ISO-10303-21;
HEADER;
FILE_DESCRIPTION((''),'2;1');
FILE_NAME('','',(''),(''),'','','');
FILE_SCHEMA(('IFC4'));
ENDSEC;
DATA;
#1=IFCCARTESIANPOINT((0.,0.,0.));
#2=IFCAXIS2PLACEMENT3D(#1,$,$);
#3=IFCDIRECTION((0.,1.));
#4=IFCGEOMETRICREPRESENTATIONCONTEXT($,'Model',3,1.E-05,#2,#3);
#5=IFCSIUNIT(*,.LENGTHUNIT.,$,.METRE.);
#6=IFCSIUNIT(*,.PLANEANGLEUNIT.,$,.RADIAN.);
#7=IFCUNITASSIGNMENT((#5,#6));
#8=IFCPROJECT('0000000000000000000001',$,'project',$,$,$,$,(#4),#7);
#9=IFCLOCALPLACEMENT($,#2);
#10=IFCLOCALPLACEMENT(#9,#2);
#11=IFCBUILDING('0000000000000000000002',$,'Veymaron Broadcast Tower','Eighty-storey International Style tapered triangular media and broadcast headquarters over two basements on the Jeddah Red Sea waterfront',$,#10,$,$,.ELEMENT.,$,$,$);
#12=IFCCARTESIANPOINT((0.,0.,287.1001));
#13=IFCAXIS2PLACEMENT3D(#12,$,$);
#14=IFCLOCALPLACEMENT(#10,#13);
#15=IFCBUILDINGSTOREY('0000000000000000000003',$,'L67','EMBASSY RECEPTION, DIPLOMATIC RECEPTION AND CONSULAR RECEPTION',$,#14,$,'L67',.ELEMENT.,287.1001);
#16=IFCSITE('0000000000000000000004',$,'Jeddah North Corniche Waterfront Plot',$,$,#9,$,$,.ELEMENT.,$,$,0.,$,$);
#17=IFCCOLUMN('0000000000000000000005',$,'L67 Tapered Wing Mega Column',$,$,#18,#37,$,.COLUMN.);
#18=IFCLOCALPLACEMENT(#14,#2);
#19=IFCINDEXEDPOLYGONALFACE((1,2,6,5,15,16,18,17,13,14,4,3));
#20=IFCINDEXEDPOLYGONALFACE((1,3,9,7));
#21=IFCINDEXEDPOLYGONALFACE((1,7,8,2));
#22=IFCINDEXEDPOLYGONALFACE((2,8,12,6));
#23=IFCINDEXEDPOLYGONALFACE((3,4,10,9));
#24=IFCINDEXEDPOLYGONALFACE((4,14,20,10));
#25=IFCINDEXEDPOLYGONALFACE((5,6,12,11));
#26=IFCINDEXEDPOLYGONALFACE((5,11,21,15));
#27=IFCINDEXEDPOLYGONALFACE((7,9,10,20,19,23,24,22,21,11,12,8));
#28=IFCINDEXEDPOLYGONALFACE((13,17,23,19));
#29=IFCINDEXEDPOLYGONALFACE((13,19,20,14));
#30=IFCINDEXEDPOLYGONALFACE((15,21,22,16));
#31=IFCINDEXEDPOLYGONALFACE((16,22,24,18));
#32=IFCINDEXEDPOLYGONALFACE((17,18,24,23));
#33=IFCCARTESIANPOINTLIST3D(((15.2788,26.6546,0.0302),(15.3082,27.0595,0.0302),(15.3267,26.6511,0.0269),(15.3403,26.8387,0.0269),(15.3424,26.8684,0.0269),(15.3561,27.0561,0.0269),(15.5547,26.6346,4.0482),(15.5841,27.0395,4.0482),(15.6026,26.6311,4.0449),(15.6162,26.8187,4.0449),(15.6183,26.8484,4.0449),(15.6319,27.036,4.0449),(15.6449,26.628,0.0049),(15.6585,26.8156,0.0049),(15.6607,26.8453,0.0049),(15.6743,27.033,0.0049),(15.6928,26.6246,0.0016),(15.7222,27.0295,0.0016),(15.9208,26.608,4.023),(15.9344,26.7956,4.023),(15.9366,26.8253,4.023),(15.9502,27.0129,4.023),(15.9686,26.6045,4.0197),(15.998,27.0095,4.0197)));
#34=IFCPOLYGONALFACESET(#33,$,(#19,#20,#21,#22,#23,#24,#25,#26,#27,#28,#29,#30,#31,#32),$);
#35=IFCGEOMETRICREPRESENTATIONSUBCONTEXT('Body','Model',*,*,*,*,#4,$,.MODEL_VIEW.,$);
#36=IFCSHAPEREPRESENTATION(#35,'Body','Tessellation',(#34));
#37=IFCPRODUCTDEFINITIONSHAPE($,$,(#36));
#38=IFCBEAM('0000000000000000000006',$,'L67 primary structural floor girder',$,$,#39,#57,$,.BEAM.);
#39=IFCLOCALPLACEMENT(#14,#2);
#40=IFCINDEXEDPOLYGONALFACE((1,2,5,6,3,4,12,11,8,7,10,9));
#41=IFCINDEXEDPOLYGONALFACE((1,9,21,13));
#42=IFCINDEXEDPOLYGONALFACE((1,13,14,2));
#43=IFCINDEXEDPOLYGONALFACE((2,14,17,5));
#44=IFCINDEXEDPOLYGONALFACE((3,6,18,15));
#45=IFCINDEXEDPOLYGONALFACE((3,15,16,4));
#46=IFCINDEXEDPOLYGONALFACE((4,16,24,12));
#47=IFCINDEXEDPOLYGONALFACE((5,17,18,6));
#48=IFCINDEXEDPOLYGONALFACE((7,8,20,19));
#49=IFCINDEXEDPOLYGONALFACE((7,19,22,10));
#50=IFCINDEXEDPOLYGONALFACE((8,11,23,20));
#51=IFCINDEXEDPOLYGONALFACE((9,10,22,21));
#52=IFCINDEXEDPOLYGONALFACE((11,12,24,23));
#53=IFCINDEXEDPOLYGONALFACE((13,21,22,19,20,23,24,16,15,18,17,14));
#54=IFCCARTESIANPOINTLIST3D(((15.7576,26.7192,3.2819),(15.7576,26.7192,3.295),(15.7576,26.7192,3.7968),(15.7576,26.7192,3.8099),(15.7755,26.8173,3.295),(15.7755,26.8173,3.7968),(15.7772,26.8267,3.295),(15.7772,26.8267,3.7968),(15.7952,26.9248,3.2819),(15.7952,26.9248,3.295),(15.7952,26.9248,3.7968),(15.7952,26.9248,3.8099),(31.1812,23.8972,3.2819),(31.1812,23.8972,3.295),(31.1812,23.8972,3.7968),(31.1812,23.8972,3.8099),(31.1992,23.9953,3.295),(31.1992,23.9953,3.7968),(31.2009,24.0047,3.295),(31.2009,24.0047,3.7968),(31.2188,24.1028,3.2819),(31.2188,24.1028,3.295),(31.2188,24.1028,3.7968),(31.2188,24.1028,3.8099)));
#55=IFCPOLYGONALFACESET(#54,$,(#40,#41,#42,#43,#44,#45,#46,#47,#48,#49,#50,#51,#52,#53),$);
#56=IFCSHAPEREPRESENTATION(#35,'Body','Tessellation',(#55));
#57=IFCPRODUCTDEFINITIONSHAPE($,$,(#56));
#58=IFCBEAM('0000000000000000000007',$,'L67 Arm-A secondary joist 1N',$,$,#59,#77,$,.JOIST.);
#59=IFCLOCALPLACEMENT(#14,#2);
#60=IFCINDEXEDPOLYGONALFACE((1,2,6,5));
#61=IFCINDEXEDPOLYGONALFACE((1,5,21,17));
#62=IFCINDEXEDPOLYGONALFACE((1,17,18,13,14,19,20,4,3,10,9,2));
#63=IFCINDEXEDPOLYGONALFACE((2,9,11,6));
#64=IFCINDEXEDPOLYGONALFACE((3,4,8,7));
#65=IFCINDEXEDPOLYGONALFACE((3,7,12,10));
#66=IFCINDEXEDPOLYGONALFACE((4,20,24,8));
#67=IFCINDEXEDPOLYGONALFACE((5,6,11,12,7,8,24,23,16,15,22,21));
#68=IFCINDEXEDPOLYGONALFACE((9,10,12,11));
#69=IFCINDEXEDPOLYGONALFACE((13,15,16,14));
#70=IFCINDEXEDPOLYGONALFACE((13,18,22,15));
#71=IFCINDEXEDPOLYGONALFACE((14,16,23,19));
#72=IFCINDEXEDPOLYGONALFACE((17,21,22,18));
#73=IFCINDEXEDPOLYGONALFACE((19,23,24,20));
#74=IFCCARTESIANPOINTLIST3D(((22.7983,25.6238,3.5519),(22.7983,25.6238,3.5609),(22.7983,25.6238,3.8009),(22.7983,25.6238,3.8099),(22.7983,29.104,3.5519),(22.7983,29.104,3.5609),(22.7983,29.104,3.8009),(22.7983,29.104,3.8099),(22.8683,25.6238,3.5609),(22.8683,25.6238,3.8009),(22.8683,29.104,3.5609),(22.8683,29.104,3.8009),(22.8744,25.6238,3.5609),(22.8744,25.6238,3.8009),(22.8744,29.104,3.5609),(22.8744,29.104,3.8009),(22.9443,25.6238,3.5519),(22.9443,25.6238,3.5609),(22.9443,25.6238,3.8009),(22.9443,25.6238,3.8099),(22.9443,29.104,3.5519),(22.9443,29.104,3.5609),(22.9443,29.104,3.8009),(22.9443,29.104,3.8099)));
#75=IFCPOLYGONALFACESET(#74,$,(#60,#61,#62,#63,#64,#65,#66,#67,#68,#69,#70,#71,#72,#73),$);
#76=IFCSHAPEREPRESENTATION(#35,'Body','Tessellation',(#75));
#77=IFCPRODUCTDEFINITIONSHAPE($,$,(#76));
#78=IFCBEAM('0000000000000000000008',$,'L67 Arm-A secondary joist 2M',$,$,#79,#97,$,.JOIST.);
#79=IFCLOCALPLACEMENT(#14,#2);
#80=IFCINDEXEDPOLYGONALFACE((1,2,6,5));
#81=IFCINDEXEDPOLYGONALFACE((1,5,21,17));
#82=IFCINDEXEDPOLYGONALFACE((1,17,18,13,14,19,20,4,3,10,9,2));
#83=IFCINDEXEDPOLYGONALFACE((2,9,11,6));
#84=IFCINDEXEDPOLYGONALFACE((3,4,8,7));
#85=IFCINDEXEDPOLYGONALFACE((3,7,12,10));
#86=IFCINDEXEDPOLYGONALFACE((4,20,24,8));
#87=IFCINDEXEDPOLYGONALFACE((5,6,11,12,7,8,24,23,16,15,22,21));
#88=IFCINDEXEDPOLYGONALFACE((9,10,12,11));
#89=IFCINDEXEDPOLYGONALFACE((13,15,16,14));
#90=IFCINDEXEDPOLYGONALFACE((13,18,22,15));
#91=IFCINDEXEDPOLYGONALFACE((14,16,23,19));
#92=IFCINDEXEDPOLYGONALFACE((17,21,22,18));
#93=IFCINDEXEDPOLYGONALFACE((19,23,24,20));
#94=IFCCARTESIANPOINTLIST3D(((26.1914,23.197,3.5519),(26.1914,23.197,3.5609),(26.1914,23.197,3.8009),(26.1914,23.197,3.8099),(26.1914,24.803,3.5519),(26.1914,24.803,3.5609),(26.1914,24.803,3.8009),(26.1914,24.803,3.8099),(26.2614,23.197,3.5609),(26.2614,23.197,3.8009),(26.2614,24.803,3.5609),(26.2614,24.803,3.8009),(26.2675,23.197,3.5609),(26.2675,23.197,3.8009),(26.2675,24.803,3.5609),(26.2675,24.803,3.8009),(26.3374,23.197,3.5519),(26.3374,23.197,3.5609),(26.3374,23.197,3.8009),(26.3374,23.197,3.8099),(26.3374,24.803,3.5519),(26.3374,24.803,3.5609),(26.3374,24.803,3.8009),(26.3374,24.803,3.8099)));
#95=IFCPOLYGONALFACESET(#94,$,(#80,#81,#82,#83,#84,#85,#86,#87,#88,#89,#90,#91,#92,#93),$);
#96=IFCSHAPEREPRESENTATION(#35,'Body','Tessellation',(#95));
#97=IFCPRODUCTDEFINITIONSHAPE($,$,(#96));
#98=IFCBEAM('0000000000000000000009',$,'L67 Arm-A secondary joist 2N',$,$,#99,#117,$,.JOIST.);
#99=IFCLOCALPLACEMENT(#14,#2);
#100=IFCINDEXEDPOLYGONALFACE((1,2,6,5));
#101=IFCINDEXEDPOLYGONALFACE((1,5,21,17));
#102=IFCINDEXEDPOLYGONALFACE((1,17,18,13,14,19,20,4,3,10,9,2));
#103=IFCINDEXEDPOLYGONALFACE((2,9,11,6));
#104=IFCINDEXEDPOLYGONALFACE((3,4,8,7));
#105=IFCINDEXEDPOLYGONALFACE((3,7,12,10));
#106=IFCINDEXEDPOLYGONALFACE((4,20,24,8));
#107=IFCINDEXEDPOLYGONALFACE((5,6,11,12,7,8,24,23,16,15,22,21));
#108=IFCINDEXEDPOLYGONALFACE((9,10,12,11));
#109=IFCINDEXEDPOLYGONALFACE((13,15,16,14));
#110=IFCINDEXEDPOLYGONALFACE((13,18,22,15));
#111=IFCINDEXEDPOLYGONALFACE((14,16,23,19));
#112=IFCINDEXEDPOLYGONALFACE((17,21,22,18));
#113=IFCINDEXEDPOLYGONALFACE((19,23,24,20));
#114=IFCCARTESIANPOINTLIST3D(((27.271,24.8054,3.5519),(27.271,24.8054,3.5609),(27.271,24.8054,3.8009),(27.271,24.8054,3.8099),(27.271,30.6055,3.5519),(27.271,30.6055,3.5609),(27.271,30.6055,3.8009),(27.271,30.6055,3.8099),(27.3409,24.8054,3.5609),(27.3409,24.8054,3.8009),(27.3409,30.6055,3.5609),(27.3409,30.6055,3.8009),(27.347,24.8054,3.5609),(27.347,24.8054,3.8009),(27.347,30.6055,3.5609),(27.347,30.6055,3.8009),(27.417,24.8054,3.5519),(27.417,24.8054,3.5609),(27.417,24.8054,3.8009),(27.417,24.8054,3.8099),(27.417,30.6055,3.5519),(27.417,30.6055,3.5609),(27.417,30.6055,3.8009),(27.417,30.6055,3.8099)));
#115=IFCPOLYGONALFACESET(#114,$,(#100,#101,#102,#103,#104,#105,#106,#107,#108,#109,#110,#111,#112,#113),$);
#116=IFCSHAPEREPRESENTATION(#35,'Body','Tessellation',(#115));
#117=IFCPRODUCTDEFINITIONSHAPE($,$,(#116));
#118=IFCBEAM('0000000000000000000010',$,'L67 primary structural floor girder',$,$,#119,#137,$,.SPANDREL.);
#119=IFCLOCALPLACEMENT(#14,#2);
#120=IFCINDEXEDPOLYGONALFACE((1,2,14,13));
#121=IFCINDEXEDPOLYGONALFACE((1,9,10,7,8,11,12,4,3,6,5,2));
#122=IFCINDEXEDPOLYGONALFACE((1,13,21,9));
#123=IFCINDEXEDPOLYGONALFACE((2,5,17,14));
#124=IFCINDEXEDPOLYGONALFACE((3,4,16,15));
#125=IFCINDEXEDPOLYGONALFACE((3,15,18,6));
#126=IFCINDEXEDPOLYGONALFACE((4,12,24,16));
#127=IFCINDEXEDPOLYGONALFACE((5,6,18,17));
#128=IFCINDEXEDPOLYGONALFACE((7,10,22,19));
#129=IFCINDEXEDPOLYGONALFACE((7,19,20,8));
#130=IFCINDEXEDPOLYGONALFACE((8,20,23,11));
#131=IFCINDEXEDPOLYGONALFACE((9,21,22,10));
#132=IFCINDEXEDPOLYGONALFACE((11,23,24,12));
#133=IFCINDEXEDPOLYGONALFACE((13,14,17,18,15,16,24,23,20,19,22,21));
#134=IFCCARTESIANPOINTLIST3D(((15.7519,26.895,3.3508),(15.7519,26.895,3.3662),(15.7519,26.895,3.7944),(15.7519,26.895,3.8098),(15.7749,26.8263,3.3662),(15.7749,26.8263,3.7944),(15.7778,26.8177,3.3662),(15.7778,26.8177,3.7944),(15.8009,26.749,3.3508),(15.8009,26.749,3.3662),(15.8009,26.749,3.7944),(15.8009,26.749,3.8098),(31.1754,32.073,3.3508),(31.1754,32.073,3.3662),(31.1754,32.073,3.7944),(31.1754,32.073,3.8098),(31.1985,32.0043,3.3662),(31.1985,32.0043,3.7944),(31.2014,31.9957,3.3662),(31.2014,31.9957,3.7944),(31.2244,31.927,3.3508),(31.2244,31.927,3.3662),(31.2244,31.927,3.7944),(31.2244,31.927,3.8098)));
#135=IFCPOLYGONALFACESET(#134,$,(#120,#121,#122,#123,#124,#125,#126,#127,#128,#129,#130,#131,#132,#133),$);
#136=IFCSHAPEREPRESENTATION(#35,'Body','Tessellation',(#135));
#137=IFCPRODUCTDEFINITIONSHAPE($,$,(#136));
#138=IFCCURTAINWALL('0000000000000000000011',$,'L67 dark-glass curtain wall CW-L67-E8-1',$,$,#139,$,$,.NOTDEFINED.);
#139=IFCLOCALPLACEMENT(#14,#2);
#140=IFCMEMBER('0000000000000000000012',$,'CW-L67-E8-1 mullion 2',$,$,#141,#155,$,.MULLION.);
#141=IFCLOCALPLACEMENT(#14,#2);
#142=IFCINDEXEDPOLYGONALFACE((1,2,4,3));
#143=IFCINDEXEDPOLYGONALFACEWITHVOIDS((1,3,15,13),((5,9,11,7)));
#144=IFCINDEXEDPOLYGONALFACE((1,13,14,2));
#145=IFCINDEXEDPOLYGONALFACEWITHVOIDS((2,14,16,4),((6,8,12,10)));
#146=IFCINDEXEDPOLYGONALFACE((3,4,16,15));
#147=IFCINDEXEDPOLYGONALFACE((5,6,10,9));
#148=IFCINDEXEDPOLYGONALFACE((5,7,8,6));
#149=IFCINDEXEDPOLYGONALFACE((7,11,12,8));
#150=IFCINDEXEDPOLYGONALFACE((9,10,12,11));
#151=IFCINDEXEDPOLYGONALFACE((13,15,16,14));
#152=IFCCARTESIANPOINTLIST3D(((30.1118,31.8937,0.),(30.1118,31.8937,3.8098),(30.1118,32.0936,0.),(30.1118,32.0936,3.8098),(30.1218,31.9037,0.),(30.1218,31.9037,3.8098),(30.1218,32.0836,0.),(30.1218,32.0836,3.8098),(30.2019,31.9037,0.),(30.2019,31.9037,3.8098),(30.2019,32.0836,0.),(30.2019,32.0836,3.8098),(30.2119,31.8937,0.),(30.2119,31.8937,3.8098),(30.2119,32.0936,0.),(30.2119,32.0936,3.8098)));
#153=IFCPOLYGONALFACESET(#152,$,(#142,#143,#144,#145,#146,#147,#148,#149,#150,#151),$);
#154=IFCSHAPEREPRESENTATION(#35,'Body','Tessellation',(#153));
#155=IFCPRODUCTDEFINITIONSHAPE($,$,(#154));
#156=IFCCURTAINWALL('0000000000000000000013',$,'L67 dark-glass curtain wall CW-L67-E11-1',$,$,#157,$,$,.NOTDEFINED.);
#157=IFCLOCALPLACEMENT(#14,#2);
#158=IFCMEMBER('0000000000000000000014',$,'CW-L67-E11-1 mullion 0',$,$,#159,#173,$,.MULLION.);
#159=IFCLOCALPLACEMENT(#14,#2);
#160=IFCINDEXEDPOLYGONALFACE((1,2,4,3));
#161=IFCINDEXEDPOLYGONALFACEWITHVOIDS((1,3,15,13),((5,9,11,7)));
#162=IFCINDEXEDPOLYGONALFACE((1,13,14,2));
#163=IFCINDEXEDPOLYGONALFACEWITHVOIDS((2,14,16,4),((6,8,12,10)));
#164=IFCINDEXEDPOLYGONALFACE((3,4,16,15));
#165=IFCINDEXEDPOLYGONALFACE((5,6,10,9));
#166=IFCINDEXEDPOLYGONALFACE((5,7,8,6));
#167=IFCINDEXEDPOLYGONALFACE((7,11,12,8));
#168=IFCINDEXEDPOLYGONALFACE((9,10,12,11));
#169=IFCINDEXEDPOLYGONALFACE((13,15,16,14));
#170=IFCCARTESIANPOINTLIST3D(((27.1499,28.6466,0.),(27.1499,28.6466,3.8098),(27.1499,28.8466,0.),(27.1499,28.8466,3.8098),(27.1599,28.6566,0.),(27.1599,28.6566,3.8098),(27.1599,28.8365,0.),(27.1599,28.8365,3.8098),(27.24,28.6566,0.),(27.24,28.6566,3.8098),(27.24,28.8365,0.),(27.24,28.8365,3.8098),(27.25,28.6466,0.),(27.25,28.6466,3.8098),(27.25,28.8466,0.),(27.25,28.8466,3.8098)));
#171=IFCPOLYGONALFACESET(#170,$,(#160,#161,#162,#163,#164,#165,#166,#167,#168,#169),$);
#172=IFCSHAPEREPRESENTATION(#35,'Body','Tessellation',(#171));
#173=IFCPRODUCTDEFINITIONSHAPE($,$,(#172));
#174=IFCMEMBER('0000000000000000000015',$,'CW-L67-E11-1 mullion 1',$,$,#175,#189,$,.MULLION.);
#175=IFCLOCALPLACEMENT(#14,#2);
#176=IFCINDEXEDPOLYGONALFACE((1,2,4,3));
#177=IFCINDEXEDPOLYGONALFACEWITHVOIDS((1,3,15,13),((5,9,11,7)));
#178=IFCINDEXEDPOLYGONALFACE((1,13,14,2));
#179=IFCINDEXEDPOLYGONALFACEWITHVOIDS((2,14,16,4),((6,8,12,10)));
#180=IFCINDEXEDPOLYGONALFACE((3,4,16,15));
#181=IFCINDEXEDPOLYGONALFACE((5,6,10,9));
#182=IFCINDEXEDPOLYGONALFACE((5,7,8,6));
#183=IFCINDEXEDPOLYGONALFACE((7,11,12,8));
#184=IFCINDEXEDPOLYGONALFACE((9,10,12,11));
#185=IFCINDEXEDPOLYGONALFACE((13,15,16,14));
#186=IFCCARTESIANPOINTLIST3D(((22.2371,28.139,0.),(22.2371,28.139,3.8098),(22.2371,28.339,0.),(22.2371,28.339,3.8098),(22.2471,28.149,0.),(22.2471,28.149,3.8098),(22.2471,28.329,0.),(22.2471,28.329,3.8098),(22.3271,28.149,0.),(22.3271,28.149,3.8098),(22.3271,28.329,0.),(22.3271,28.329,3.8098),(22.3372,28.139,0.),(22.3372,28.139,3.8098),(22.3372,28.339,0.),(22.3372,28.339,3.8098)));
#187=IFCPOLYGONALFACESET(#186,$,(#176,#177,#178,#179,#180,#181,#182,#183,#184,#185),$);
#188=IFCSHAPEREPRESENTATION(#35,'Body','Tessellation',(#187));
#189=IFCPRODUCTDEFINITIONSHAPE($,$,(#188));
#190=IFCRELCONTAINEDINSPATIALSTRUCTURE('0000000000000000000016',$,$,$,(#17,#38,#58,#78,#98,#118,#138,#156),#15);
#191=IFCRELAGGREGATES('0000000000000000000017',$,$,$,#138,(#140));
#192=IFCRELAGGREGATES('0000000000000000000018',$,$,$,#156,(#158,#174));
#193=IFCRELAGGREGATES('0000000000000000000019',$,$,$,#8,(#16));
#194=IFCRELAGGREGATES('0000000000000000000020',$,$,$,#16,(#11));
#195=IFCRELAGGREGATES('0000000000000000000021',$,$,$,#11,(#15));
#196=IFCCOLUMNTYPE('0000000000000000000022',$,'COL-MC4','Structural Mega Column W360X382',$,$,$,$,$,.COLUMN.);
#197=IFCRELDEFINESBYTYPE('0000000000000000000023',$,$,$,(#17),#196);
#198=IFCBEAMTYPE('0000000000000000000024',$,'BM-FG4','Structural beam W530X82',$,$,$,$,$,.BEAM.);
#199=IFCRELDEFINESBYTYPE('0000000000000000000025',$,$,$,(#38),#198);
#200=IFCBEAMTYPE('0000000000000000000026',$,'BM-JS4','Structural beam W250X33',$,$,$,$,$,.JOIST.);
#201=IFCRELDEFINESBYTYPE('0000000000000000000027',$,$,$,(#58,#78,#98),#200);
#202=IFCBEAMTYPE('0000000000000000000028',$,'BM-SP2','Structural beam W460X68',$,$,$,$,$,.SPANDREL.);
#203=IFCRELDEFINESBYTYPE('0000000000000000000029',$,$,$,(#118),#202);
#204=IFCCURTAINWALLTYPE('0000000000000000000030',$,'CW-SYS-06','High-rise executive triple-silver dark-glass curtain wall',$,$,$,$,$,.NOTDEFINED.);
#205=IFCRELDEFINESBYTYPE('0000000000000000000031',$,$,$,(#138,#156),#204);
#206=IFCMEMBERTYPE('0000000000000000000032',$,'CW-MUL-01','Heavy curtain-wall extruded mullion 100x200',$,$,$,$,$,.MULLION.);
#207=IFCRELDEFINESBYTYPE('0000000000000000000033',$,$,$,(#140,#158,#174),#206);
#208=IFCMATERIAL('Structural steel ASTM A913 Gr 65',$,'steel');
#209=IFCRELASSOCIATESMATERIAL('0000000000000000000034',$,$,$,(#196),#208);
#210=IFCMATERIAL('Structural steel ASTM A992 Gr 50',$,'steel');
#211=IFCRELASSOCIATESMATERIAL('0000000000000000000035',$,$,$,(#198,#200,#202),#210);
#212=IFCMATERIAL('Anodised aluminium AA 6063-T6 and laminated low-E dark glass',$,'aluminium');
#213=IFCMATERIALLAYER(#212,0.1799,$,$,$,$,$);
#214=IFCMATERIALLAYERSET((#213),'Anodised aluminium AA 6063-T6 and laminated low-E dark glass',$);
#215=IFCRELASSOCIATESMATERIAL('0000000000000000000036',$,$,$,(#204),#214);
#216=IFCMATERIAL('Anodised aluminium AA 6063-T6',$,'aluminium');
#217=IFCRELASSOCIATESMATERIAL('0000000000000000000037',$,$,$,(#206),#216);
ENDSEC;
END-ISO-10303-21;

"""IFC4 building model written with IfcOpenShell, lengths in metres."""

from ifc_helpers import new_model, si_unit, direction, frame, origin, origin_2d, place, context, subcontext, project, spatial, hollow_rectangle, i_section, extrude, material, layer, layer_set, material_profile, profile_set, type_object, element, aggregate, save


model = new_model("IFC4")

# Units and contexts
model_context = context("Model", 3, precision=1e-05, world=origin(), true_north=direction((0.0, 1.0)))
body_context = subcontext(model_context, "Body", "Model", "MODEL_VIEW")
ifc_project = project(units=[si_unit("LENGTHUNIT", "METRE"), si_unit("PLANEANGLEUNIT", "RADIAN")], contexts=[model_context])

# Site, building, storey
site_placement = place(None, origin())
site = spatial("IfcSite", under=ifc_project, at=site_placement, Name="Jeddah North Corniche Waterfront Plot", CompositionType="ELEMENT", RefElevation=0.0)
building_placement = place(site_placement, origin())
building = spatial("IfcBuilding", under=site, at=building_placement, Name="Veymaron Broadcast Tower", Description="Eighty-storey International Style tapered triangular media and broadcast headquarters over two basements on the Jeddah Red Sea waterfront", CompositionType="ELEMENT")
storey_placement = place(building_placement, frame((0.0, 0.0, 287.1001)))
storey = spatial("IfcBuildingStorey", under=building, at=storey_placement, Name="L67", Description="EMBASSY RECEPTION, DIPLOMATIC RECEPTION AND CONSULAR RECEPTION", LongName="L67", CompositionType="ELEMENT", Elevation=287.1001)

# Column
ifc_material_1 = material(Name="Structural steel ASTM A913 Gr 65", Category="steel")
ifc_material_profile_1 = material_profile(ifc_material_1, i_section(OverallWidth=0.406, OverallDepth=0.416, WebThickness=0.0298, FlangeThickness=0.0481, at=origin_2d()), Name="W360X382")
ifc_profile_set_1 = profile_set([ifc_material_profile_1], Name="Structural steel ASTM A913 Gr 65")
column_type = type_object("IfcColumnType", Name="COL-MC4", Description="Structural Mega Column W360X382", PredefinedType="COLUMN", material=ifc_profile_set_1)
column_placement = place(storey_placement, frame((15.5005, 26.842, 0.0159), z_axis=(0.068498, -0.004971, 0.997639), x_axis=(0.072376, 0.997377, 0.0)))
element("IfcColumn", 1, at=column_placement, inside=storey, type_object=column_type, Name="L67 Tapered Wing Mega Column", PredefinedType="COLUMN", context=body_context, shape_type="SweptSolid", body=[
    extrude(i_section(OverallWidth=0.406, OverallDepth=0.416, WebThickness=0.0298, FlangeThickness=0.0481, at=origin_2d()), origin(), (0.0, 0.0, 1.0), 4.0276),
])

# Beams
ifc_material_2 = material(Name="Structural steel ASTM A992 Gr 50", Category="steel")
ifc_material_profile_2 = material_profile(ifc_material_2, i_section(OverallWidth=0.209, OverallDepth=0.5281, WebThickness=0.0095, FlangeThickness=0.0132, at=origin_2d()), Name="W530X82")
ifc_profile_set_2 = profile_set([ifc_material_profile_2], Name="Structural steel ASTM A992 Gr 50")
beam_type_1 = type_object("IfcBeamType", Name="BM-FG4", Description="Structural beam W530X82", PredefinedType="BEAM", material=ifc_profile_set_2)
beam_1_placement = place(storey_placement, frame((15.7764, 26.822, 3.5459), z_axis=(0.98367, -0.17998, 0.0), x_axis=(0.17998, 0.98367, 0.0)))
element("IfcBeam", 2, at=beam_1_placement, inside=storey, type_object=beam_type_1, Name="L67 primary structural floor girder", PredefinedType="BEAM", context=body_context, shape_type="SweptSolid", body=[
    extrude(i_section(OverallWidth=0.209, OverallDepth=0.5281, WebThickness=0.0095, FlangeThickness=0.0132, at=origin_2d()), origin(), (0.0, 0.0, 1.0), 15.6797),
])
ifc_material_profile_3 = material_profile(ifc_material_2, i_section(OverallWidth=0.146, OverallDepth=0.2581, WebThickness=0.0061, FlangeThickness=0.009, at=origin_2d()), Name="W250X33")
ifc_profile_set_3 = profile_set([ifc_material_profile_3], Name="Structural steel ASTM A992 Gr 50")
beam_type_2 = type_object("IfcBeamType", Name="BM-JS4", Description="Structural beam W250X33", PredefinedType="JOIST", material=ifc_profile_set_3)
beam_2_placement = place(storey_placement, frame((22.8713, 25.6238, 3.6809), z_axis=(0.0, 1.0, 0.0), x_axis=(-1.0, 0.0, 0.0)))
element("IfcBeam", 3, at=beam_2_placement, inside=storey, type_object=beam_type_2, Name="L67 Arm-A secondary joist 1N", PredefinedType="JOIST", context=body_context, shape_type="SweptSolid", body=[
    extrude(i_section(OverallWidth=0.146, OverallDepth=0.2581, WebThickness=0.0061, FlangeThickness=0.009, at=origin_2d()), origin(), (0.0, 0.0, 1.0), 3.4802),
])
beam_3_placement = place(storey_placement, frame((26.2644, 23.197, 3.6809), z_axis=(0.0, 1.0, 0.0), x_axis=(-1.0, 0.0, 0.0)))
element("IfcBeam", 4, at=beam_3_placement, inside=storey, type_object=beam_type_2, Name="L67 Arm-A secondary joist 2M", PredefinedType="JOIST", context=body_context, shape_type="SweptSolid", body=[
    extrude(i_section(OverallWidth=0.146, OverallDepth=0.2581, WebThickness=0.0061, FlangeThickness=0.009, at=origin_2d()), origin(), (0.0, 0.0, 1.0), 1.606),
])
beam_4_placement = place(storey_placement, frame((27.344, 24.8054, 3.6809), z_axis=(0.0, 1.0, 0.0), x_axis=(-1.0, 0.0, 0.0)))
element("IfcBeam", 5, at=beam_4_placement, inside=storey, type_object=beam_type_2, Name="L67 Arm-A secondary joist 2N", PredefinedType="JOIST", context=body_context, shape_type="SweptSolid", body=[
    extrude(i_section(OverallWidth=0.146, OverallDepth=0.2581, WebThickness=0.0061, FlangeThickness=0.009, at=origin_2d()), origin(), (0.0, 0.0, 1.0), 5.8),
])
ifc_material_profile_4 = material_profile(ifc_material_2, i_section(OverallWidth=0.1541, OverallDepth=0.459, WebThickness=0.009, FlangeThickness=0.0154, at=origin_2d()), Name="W460X68")
ifc_profile_set_4 = profile_set([ifc_material_profile_4], Name="Structural steel ASTM A992 Gr 50")
beam_type_3 = type_object("IfcBeamType", Name="BM-SP2", Description="Structural beam W460X68", PredefinedType="SPANDREL", material=ifc_profile_set_4)
beam_5_placement = place(storey_placement, frame((15.7764, 26.822, 3.5803), z_axis=(0.948003, 0.318262, 0.0), x_axis=(-0.318262, 0.948003, 0.0)))
element("IfcBeam", 6, at=beam_5_placement, inside=storey, type_object=beam_type_3, Name="L67 primary structural floor girder", PredefinedType="SPANDREL", context=body_context, shape_type="SweptSolid", body=[
    extrude(i_section(OverallWidth=0.1541, OverallDepth=0.459, WebThickness=0.009, FlangeThickness=0.0154, at=origin_2d()), origin(), (0.0, 0.0, 1.0), 16.2695),
])

# Curtain wall, member
ifc_material_3 = material(Name="Anodised aluminium AA 6063-T6 and laminated low-E dark glass", Category="aluminium")
ifc_layer_1 = layer(ifc_material_3, 0.1799)
ifc_layer_set_1 = layer_set([ifc_layer_1], Name="Anodised aluminium AA 6063-T6 and laminated low-E dark glass")
curtain_wall_type = type_object("IfcCurtainWallType", Name="CW-SYS-06", Description="High-rise executive triple-silver dark-glass curtain wall", PredefinedType="NOTDEFINED", material=ifc_layer_set_1)
curtain_wall_1_placement = place(storey_placement, origin())
curtain_wall_1 = element("IfcCurtainWall", 7, at=curtain_wall_1_placement, inside=storey, type_object=curtain_wall_type, Name="L67 dark-glass curtain wall CW-L67-E8-1", PredefinedType="NOTDEFINED")
ifc_material_4 = material(Name="Anodised aluminium AA 6063-T6", Category="aluminium")
ifc_material_profile_5 = material_profile(ifc_material_4, hollow_rectangle(XDim=0.1001, YDim=0.2, WallThickness=0.01, at=origin_2d()), Name="RHS200X100X10")
ifc_profile_set_5 = profile_set([ifc_material_profile_5], Name="Anodised aluminium AA 6063-T6")
member_type_1 = type_object("IfcMemberType", Name="CW-MUL-01", Description="Heavy curtain-wall extruded mullion 100x200", PredefinedType="MULLION", material=ifc_profile_set_5)
member_1_placement = place(storey_placement, frame((30.1619, 31.9937, 0.0), z_axis=(0.0, 0.0, 1.0), x_axis=(1.0, 0.0, 0.0)))
member_1 = element("IfcMember", 8, at=member_1_placement, type_object=member_type_1, Name="CW-L67-E8-1 mullion 2", PredefinedType="MULLION", context=body_context, shape_type="SweptSolid", body=[
    extrude(hollow_rectangle(XDim=0.1001, YDim=0.2, WallThickness=0.01, at=origin_2d()), origin(), (0.0, 0.0, 1.0), 3.8098),
])

# Curtain wall, members
curtain_wall_2_placement = place(storey_placement, origin())
curtain_wall_2 = element("IfcCurtainWall", 9, at=curtain_wall_2_placement, inside=storey, type_object=curtain_wall_type, Name="L67 dark-glass curtain wall CW-L67-E11-1", PredefinedType="NOTDEFINED")
member_2_placement = place(storey_placement, frame((27.2, 28.7466, 0.0), z_axis=(0.0, 0.0, 1.0), x_axis=(1.0, 0.0, 0.0)))
member_2 = element("IfcMember", 10, at=member_2_placement, type_object=member_type_1, Name="CW-L67-E11-1 mullion 0", PredefinedType="MULLION", context=body_context, shape_type="SweptSolid", body=[
    extrude(hollow_rectangle(XDim=0.1001, YDim=0.2, WallThickness=0.01, at=origin_2d()), origin(), (0.0, 0.0, 1.0), 3.8098),
])
member_3_placement = place(storey_placement, frame((22.2871, 28.239, 0.0), z_axis=(0.0, 0.0, 1.0), x_axis=(1.0, 0.0, 0.0)))
member_3 = element("IfcMember", 11, at=member_3_placement, type_object=member_type_1, Name="CW-L67-E11-1 mullion 1", PredefinedType="MULLION", context=body_context, shape_type="SweptSolid", body=[
    extrude(hollow_rectangle(XDim=0.1001, YDim=0.2, WallThickness=0.01, at=origin_2d()), origin(), (0.0, 0.0, 1.0), 3.8098),
])

aggregate(curtain_wall_1, [member_1])
aggregate(curtain_wall_2, [member_2, member_3])

save(model, "model.ifc")
